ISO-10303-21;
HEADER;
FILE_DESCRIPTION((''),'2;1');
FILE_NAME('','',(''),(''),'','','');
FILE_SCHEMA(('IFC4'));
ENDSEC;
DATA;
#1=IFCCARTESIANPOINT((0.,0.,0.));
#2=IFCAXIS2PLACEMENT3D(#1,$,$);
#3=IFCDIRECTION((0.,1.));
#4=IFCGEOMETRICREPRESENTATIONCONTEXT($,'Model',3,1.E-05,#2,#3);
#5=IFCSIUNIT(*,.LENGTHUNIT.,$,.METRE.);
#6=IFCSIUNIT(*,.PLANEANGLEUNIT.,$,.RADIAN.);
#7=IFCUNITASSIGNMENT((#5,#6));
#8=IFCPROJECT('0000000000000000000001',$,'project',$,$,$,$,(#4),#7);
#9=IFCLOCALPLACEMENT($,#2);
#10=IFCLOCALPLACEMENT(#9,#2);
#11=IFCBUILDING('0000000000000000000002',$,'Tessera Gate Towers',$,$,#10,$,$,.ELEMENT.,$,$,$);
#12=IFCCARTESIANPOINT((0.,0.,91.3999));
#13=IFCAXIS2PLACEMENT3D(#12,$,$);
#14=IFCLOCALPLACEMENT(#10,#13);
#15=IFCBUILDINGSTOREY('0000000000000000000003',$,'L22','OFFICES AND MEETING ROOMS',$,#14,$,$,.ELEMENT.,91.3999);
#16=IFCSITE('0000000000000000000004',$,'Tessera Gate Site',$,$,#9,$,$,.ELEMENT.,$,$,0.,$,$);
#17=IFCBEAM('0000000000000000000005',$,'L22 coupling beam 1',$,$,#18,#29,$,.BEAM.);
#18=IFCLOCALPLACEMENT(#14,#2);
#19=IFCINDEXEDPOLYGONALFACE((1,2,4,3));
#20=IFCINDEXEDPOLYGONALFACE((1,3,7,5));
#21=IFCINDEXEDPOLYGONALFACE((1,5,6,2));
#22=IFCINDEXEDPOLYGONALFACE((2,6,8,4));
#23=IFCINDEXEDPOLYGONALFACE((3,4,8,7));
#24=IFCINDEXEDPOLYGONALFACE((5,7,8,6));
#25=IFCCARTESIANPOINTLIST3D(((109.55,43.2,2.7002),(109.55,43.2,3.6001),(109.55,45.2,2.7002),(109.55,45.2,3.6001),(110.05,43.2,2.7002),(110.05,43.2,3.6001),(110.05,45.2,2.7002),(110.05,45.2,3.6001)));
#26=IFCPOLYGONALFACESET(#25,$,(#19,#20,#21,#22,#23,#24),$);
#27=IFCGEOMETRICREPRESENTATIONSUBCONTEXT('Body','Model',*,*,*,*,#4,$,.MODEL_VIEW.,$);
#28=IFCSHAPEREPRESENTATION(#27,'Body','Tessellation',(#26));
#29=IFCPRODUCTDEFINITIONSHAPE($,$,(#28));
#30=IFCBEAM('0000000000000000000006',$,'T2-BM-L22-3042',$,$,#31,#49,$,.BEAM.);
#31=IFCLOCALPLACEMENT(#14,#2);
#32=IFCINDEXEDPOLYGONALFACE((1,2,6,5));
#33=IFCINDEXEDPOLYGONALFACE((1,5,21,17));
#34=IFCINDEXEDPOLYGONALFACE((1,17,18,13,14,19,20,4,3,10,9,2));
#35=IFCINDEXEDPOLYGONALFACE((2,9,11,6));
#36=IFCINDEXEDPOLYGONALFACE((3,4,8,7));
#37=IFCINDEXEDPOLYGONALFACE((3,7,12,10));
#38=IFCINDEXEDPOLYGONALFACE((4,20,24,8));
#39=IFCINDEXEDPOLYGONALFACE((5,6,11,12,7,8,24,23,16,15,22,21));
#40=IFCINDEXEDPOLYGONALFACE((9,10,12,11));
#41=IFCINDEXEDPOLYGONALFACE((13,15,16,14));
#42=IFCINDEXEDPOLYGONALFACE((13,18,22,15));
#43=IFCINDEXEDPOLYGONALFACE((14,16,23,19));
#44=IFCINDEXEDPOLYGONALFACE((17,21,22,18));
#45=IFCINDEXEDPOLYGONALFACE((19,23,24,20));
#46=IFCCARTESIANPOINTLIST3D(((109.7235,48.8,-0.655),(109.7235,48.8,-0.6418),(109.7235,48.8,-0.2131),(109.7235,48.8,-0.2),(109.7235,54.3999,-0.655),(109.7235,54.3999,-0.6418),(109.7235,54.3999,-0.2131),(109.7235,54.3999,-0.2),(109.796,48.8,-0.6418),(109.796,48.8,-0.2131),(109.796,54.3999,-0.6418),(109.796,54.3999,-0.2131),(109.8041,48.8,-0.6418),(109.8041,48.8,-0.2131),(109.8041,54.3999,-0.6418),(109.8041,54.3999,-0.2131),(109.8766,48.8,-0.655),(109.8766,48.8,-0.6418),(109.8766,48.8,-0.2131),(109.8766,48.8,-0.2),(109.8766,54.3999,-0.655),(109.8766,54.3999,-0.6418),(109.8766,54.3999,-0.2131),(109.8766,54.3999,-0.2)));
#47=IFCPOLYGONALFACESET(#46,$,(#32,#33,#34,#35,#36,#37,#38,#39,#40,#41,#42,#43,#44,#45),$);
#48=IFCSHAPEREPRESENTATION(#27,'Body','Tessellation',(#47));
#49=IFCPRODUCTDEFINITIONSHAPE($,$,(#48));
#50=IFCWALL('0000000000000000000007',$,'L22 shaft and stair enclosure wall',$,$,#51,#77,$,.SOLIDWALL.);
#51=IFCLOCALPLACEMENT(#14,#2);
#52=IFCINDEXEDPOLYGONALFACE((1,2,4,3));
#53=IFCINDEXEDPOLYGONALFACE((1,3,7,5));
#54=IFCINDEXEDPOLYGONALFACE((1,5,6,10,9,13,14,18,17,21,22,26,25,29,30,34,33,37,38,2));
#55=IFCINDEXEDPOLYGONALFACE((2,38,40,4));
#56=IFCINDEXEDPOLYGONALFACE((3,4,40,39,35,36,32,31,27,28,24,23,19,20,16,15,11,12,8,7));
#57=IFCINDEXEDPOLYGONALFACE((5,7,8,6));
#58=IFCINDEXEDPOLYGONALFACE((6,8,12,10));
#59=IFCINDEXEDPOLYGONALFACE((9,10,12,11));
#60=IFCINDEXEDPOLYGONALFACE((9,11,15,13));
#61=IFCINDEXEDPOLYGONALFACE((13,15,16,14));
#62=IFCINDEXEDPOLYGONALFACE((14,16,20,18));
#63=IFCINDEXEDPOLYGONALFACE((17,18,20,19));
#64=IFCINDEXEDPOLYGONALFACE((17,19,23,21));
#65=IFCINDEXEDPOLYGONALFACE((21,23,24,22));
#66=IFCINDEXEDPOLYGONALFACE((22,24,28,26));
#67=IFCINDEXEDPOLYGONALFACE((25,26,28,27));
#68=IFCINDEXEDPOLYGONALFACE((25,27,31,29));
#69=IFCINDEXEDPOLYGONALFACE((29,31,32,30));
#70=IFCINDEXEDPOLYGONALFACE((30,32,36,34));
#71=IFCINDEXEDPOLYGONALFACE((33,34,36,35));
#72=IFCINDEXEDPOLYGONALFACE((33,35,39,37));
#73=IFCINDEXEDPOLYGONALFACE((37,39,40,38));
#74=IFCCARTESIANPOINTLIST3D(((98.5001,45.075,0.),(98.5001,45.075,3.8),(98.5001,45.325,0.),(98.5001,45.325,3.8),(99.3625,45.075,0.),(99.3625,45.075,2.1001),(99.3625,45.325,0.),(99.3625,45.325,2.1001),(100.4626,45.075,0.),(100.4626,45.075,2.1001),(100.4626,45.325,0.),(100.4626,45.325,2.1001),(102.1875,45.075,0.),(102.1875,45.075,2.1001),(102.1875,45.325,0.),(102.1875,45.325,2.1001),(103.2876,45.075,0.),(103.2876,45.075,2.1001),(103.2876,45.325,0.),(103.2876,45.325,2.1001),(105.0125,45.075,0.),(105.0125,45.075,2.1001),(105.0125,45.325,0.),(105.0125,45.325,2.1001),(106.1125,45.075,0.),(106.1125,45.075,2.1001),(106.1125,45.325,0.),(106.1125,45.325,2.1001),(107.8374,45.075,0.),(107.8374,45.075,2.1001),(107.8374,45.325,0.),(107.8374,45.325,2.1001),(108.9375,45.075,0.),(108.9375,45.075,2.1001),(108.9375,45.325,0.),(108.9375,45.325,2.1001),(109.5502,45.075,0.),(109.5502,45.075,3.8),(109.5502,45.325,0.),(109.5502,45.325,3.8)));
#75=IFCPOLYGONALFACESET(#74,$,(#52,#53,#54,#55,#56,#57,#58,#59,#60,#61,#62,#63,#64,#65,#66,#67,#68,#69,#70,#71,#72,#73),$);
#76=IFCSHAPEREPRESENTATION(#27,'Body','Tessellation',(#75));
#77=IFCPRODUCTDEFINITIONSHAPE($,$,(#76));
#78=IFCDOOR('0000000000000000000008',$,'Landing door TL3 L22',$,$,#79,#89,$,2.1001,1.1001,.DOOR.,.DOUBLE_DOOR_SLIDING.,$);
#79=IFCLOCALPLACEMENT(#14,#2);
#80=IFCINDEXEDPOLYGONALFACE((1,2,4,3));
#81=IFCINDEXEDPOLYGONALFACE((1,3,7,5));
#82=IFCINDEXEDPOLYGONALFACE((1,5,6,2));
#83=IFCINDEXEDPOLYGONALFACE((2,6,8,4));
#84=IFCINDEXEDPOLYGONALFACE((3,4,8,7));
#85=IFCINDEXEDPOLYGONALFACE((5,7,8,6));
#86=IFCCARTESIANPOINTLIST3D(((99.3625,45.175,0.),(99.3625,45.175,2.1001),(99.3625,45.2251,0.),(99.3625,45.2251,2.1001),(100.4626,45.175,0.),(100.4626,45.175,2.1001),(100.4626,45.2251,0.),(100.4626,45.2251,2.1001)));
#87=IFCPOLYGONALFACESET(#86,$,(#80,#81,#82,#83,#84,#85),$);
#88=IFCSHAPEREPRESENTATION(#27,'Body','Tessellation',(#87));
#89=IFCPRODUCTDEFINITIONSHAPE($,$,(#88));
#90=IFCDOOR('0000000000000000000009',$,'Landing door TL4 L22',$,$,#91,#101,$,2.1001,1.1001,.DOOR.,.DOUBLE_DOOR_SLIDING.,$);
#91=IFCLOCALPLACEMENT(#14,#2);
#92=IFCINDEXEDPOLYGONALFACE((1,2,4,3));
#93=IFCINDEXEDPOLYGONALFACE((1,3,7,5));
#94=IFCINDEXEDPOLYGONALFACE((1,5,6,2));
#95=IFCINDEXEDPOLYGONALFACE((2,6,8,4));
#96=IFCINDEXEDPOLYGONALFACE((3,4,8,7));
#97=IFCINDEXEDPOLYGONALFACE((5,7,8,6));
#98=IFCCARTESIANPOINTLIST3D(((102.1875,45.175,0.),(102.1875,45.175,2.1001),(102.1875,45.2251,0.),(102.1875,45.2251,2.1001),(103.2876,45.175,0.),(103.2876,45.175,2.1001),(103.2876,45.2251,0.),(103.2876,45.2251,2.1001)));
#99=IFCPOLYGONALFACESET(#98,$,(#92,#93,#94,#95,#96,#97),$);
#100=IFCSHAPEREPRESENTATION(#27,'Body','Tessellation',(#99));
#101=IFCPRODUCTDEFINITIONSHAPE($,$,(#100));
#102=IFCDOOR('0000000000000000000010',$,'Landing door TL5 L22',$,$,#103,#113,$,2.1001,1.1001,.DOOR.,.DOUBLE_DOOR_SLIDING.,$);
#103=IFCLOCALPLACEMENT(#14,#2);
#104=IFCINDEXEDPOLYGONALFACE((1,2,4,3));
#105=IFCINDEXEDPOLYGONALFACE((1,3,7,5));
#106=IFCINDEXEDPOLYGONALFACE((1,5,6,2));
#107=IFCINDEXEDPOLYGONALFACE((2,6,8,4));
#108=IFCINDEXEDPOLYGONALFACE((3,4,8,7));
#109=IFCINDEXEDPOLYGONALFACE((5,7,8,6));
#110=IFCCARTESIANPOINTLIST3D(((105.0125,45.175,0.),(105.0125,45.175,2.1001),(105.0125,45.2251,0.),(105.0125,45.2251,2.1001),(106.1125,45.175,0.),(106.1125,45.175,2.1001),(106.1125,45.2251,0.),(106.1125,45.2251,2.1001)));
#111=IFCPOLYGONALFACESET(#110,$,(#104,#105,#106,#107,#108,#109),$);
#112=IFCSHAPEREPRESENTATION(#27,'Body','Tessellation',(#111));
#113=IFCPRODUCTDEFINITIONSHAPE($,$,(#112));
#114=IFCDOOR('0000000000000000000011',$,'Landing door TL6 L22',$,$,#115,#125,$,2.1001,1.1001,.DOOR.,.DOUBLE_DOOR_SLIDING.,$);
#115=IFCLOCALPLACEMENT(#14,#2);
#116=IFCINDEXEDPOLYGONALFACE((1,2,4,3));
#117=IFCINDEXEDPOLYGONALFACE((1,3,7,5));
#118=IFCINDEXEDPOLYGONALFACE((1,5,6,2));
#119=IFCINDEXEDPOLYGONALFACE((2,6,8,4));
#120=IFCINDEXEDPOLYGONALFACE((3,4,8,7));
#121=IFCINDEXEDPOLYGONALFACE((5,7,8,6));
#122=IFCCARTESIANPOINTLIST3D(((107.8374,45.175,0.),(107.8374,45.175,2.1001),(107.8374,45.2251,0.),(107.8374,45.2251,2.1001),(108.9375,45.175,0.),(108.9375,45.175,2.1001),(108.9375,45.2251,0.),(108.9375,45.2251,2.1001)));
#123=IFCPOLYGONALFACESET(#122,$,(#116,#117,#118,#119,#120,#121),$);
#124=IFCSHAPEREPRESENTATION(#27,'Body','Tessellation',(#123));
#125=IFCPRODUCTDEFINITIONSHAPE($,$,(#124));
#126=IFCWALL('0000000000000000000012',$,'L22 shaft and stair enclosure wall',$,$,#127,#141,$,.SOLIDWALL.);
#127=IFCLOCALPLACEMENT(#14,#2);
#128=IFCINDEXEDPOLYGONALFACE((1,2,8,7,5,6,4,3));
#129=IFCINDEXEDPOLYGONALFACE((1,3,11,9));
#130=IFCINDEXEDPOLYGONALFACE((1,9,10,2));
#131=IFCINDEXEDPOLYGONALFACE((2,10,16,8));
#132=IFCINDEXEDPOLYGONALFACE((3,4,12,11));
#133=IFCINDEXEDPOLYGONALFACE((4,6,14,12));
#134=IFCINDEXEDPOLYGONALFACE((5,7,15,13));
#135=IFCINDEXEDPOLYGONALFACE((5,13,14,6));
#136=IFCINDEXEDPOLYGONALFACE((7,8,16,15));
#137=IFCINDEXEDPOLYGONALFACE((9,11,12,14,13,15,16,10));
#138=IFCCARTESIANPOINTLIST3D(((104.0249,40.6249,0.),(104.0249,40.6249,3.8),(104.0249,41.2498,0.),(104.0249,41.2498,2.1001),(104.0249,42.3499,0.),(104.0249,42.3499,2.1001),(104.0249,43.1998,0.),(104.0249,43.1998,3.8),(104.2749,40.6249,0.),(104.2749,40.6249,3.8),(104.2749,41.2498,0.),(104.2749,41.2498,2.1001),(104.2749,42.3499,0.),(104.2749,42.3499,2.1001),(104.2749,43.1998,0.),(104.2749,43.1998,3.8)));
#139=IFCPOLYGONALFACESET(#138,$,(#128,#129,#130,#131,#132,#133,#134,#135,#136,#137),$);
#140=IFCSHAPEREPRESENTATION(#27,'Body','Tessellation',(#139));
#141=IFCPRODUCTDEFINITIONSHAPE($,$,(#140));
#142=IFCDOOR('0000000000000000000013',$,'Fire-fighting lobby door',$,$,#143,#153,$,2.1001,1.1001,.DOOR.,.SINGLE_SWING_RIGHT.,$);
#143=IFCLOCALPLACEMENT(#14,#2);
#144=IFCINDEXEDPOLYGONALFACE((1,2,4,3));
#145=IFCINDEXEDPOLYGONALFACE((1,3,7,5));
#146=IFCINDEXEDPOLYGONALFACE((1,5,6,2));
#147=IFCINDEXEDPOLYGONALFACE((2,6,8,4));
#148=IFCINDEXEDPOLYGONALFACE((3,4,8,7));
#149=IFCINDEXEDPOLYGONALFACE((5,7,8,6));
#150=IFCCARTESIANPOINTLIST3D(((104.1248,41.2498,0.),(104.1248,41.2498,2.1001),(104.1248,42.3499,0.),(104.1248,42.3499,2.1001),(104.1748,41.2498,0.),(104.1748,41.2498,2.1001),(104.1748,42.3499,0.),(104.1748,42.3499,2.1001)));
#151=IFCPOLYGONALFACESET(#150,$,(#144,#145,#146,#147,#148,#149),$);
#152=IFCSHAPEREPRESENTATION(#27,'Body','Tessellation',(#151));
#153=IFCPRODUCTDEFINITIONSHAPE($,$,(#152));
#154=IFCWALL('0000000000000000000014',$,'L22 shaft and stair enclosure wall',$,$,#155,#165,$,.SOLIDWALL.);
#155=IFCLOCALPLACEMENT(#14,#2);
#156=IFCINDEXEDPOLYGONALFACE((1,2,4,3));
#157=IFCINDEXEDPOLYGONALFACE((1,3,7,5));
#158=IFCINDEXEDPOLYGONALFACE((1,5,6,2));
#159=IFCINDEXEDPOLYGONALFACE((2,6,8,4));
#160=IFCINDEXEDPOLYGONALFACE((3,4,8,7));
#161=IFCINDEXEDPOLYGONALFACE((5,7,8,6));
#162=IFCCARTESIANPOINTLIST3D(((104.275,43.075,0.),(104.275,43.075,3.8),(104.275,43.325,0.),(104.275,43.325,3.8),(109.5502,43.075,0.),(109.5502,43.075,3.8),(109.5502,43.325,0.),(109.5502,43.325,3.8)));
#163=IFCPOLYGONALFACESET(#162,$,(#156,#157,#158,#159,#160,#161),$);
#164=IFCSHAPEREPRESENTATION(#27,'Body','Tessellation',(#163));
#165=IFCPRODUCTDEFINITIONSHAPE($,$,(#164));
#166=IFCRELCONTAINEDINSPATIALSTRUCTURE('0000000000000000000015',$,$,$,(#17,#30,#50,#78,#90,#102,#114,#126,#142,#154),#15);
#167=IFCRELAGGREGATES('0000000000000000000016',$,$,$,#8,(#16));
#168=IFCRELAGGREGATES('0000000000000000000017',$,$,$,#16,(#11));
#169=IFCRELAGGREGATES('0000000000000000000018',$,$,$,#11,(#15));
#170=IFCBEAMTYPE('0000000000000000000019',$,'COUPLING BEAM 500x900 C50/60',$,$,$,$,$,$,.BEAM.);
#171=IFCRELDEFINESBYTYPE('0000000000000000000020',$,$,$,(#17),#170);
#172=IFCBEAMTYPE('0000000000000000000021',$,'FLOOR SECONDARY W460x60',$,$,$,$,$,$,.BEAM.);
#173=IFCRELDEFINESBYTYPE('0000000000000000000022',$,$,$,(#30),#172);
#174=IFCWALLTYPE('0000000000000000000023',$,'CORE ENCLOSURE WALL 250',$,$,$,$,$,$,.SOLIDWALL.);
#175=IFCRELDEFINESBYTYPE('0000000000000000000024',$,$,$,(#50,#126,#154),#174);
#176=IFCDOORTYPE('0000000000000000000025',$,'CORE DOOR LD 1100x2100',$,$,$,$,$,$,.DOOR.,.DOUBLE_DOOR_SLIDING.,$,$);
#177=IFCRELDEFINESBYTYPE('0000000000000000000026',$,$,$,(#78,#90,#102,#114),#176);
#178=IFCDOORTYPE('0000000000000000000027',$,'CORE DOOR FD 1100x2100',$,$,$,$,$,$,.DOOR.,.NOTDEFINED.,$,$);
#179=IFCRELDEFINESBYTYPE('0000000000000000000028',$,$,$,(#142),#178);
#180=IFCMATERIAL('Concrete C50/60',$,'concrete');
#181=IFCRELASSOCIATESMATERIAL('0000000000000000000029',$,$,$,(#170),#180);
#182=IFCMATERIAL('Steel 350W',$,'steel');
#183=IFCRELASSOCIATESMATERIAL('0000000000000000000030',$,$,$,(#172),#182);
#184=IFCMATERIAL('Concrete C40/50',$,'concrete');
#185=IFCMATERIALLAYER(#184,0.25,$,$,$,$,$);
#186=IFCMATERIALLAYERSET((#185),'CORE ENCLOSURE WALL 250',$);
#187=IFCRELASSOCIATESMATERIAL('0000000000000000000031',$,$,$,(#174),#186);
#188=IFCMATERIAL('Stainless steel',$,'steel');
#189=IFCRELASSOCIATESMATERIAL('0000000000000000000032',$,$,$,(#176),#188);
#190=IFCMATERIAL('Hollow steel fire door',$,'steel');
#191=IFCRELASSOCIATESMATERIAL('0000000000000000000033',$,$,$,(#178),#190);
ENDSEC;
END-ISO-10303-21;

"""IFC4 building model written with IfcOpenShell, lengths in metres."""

from ifc_helpers import new_model, si_unit, direction, frame, frame_2d, origin, origin_2d, place, context, subcontext, project, spatial, rectangle, i_section, extrude, source, transform, mapped, material, layer, layer_set, material_profile, profile_set, type_object, element, fill, save


model = new_model("IFC4")

# Units and contexts
model_context = context("Model", 3, precision=1e-05, world=origin(), true_north=direction((0.0, 1.0)))
body_context = subcontext(model_context, "Body", "Model", "MODEL_VIEW")
ifc_project = project(units=[si_unit("LENGTHUNIT", "METRE"), si_unit("PLANEANGLEUNIT", "RADIAN")], contexts=[model_context])

# Site, building, storey
site_placement = place(None, origin())
site = spatial("IfcSite", under=ifc_project, at=site_placement, Name="Tessera Gate Site", CompositionType="ELEMENT", RefElevation=0.0)
building_placement = place(site_placement, origin())
building = spatial("IfcBuilding", under=site, at=building_placement, Name="Tessera Gate Towers", CompositionType="ELEMENT")
storey_placement = place(building_placement, frame((0.0, 0.0, 91.3999)))
storey = spatial("IfcBuildingStorey", under=building, at=storey_placement, Name="L22", Description="OFFICES AND MEETING ROOMS", CompositionType="ELEMENT", Elevation=91.3999)

# Beams
ifc_material_1 = material(Name="Concrete C50/60", Category="concrete")
ifc_material_profile_1 = material_profile(ifc_material_1, rectangle(XDim=0.5, YDim=0.8999, at=origin_2d()), Name="RC 500x900")
ifc_profile_set_1 = profile_set([ifc_material_profile_1], Name="Concrete C50/60")
beam_type_1 = type_object("IfcBeamType", Name="COUPLING BEAM 500x900 C50/60", PredefinedType="BEAM", material=ifc_profile_set_1)
beam_1_placement = place(storey_placement, frame((109.8, 43.2, 3.1501), z_axis=(0.0, 1.0, 0.0), x_axis=(-1.0, 0.0, 0.0)))
element("IfcBeam", 1, at=beam_1_placement, inside=storey, type_object=beam_type_1, Name="L22 coupling beam 1", PredefinedType="BEAM", context=body_context, shape_type="SweptSolid", body=[
    extrude(rectangle(XDim=0.5, YDim=0.8999, at=origin_2d()), origin(), (0.0, 0.0, 1.0), 2.0),
])
ifc_material_2 = material(Name="Steel 350W", Category="steel")
ifc_material_profile_2 = material_profile(ifc_material_2, i_section(OverallWidth=0.1531, OverallDepth=0.4551, WebThickness=0.0081, FlangeThickness=0.0132, at=origin_2d()), Name="W460x60")
ifc_profile_set_2 = profile_set([ifc_material_profile_2], Name="Steel 350W")
beam_type_2 = type_object("IfcBeamType", Name="FLOOR SECONDARY W460x60", PredefinedType="BEAM", material=ifc_profile_set_2)
beam_2_placement = place(storey_placement, frame((109.8, 48.8, -0.4275), z_axis=(0.0, 1.0, 0.0), x_axis=(-1.0, 0.0, 0.0)))
element("IfcBeam", 2, at=beam_2_placement, inside=storey, type_object=beam_type_2, Name="T2-BM-L22-3042", PredefinedType="BEAM", context=body_context, shape_type="SweptSolid", body=[
    extrude(i_section(OverallWidth=0.1531, OverallDepth=0.4551, WebThickness=0.0081, FlangeThickness=0.0132, at=origin_2d()), origin(), (0.0, 0.0, 1.0), 5.5999),
])

# Wall, openings, doors
ifc_material_3 = material(Name="Concrete C40/50", Category="concrete")
ifc_layer_1 = layer(ifc_material_3, 0.25)
ifc_layer_set_1 = layer_set([ifc_layer_1], Name="CORE ENCLOSURE WALL 250")
wall_type_1 = type_object("IfcWallType", Name="CORE ENCLOSURE WALL 250", PredefinedType="SOLIDWALL", material=ifc_layer_set_1)
wall_1_placement = place(storey_placement, frame((109.55, 45.2, 0.0), z_axis=(0.0, 0.0, 1.0), x_axis=(-1.0, 0.0, 0.0)))
wall_1 = element("IfcWall", 3, at=wall_1_placement, inside=storey, type_object=wall_type_1, Name="L22 shaft and stair enclosure wall", PredefinedType="SOLIDWALL", context=body_context, shape_type="SweptSolid", body=[
    extrude(rectangle(XDim=11.05, YDim=0.25, at=frame_2d((5.5249, 0.0))), origin(), (0.0, 0.0, 1.0), 3.8),
])
shared_shape_1 = source(origin(), body_context, "Body", "SweptSolid", [
    extrude(rectangle(XDim=1.1001, YDim=2.1001, at=frame_2d((0.55, 1.05))), frame((0.0, 0.135, 0.0), z_axis=(0.0, -1.0, 0.0), x_axis=(1.0, 0.0, 0.0)), (0.0, 0.0, 1.0), 0.27),
])
opening_1_placement = place(wall_1_placement, frame((9.0874, 0.0, 0.0)))
opening_1 = element("IfcOpeningElement", 4, at=opening_1_placement, cuts=wall_1, PredefinedType="OPENING", context=body_context, shape_type="MappedRepresentation", body=[
    mapped(shared_shape_1, transform((0.0, 0.0, 0.0), scale=1.0)),
])
opening_2_placement = place(wall_1_placement, frame((6.2625, 0.0, 0.0)))
opening_2 = element("IfcOpeningElement", 5, at=opening_2_placement, cuts=wall_1, PredefinedType="OPENING", context=body_context, shape_type="MappedRepresentation", body=[
    mapped(shared_shape_1, transform((0.0, 0.0, 0.0), scale=1.0)),
])
opening_3_placement = place(wall_1_placement, frame((3.4375, 0.0, 0.0)))
opening_3 = element("IfcOpeningElement", 6, at=opening_3_placement, cuts=wall_1, PredefinedType="OPENING", context=body_context, shape_type="MappedRepresentation", body=[
    mapped(shared_shape_1, transform((0.0, 0.0, 0.0), scale=1.0)),
])
opening_4_placement = place(wall_1_placement, frame((0.6125, 0.0, 0.0)))
opening_4 = element("IfcOpeningElement", 7, at=opening_4_placement, cuts=wall_1, PredefinedType="OPENING", context=body_context, shape_type="MappedRepresentation", body=[
    mapped(shared_shape_1, transform((0.0, 0.0, 0.0), scale=1.0)),
])
ifc_material_4 = material(Name="Stainless steel", Category="steel")
door_type_1 = type_object("IfcDoorType", Name="CORE DOOR LD 1100x2100", OperationType="DOUBLE_DOOR_SLIDING", PredefinedType="DOOR", material=ifc_material_4)
shared_shape_2 = source(origin(), body_context, "Body", "SweptSolid", [
    extrude(rectangle(XDim=1.1001, YDim=2.1001, at=frame_2d((0.55, 1.05))), frame((0.0, 0.0249, 0.0), z_axis=(0.0, -1.0, 0.0), x_axis=(1.0, 0.0, 0.0)), (0.0, 0.0, 1.0), 0.05),
])
door_1_placement = place(opening_1_placement, origin())
door_1 = element("IfcDoor", 8, at=door_1_placement, inside=storey, type_object=door_type_1, Name="Landing door TL3 L22", OperationType="DOUBLE_DOOR_SLIDING", OverallHeight=2.1001, OverallWidth=1.1001, PredefinedType="DOOR", context=body_context, shape_type="MappedRepresentation", body=[
    mapped(shared_shape_2, transform((0.0, 0.0, 0.0), scale=1.0)),
])
fill(opening_1, door_1)
door_2_placement = place(opening_2_placement, origin())
door_2 = element("IfcDoor", 9, at=door_2_placement, inside=storey, type_object=door_type_1, Name="Landing door TL4 L22", OperationType="DOUBLE_DOOR_SLIDING", OverallHeight=2.1001, OverallWidth=1.1001, PredefinedType="DOOR", context=body_context, shape_type="MappedRepresentation", body=[
    mapped(shared_shape_2, transform((0.0, 0.0, 0.0), scale=1.0)),
])
fill(opening_2, door_2)
door_3_placement = place(opening_3_placement, origin())
door_3 = element("IfcDoor", 10, at=door_3_placement, inside=storey, type_object=door_type_1, Name="Landing door TL5 L22", OperationType="DOUBLE_DOOR_SLIDING", OverallHeight=2.1001, OverallWidth=1.1001, PredefinedType="DOOR", context=body_context, shape_type="MappedRepresentation", body=[
    mapped(shared_shape_2, transform((0.0, 0.0, 0.0), scale=1.0)),
])
fill(opening_3, door_3)
door_4_placement = place(opening_4_placement, origin())
door_4 = element("IfcDoor", 11, at=door_4_placement, inside=storey, type_object=door_type_1, Name="Landing door TL6 L22", OperationType="DOUBLE_DOOR_SLIDING", OverallHeight=2.1001, OverallWidth=1.1001, PredefinedType="DOOR", context=body_context, shape_type="MappedRepresentation", body=[
    mapped(shared_shape_2, transform((0.0, 0.0, 0.0), scale=1.0)),
])
fill(opening_4, door_4)

# Wall, opening, door
wall_2_placement = place(storey_placement, frame((104.1499, 43.2, 0.0), z_axis=(0.0, 0.0, 1.0), x_axis=(0.0, -1.0, 0.0)))
wall_2 = element("IfcWall", 12, at=wall_2_placement, inside=storey, type_object=wall_type_1, Name="L22 shaft and stair enclosure wall", PredefinedType="SOLIDWALL", context=body_context, shape_type="SweptSolid", body=[
    extrude(rectangle(XDim=2.575, YDim=0.25, at=frame_2d((1.2876, 0.0))), origin(), (0.0, 0.0, 1.0), 3.8),
])
opening_5_placement = place(wall_2_placement, frame((0.8501, 0.0, 0.0)))
opening_5 = element("IfcOpeningElement", 13, at=opening_5_placement, cuts=wall_2, PredefinedType="OPENING", context=body_context, shape_type="MappedRepresentation", body=[
    mapped(shared_shape_1, transform((0.0, 0.0, 0.0), scale=1.0)),
])
ifc_material_5 = material(Name="Hollow steel fire door", Category="steel")
door_type_2 = type_object("IfcDoorType", Name="CORE DOOR FD 1100x2100", OperationType="NOTDEFINED", PredefinedType="DOOR", material=ifc_material_5)
door_5_placement = place(opening_5_placement, origin())
door_5 = element("IfcDoor", 14, at=door_5_placement, inside=storey, type_object=door_type_2, Name="Fire-fighting lobby door", OperationType="SINGLE_SWING_RIGHT", OverallHeight=2.1001, OverallWidth=1.1001, PredefinedType="DOOR", context=body_context, shape_type="MappedRepresentation", body=[
    mapped(shared_shape_2, transform((0.0, 0.0, 0.0), scale=1.0)),
])
fill(opening_5, door_5)

# Wall
wall_3_placement = place(storey_placement, frame((104.2749, 43.2, 0.0), z_axis=(0.0, 0.0, 1.0), x_axis=(1.0, 0.0, 0.0)))
element("IfcWall", 15, at=wall_3_placement, inside=storey, type_object=wall_type_1, Name="L22 shaft and stair enclosure wall", PredefinedType="SOLIDWALL", context=body_context, shape_type="SweptSolid", body=[
    extrude(rectangle(XDim=5.2751, YDim=0.25, at=frame_2d((2.6377, 0.0))), origin(), (0.0, 0.0, 1.0), 3.8),
])

save(model, "model.ifc")
